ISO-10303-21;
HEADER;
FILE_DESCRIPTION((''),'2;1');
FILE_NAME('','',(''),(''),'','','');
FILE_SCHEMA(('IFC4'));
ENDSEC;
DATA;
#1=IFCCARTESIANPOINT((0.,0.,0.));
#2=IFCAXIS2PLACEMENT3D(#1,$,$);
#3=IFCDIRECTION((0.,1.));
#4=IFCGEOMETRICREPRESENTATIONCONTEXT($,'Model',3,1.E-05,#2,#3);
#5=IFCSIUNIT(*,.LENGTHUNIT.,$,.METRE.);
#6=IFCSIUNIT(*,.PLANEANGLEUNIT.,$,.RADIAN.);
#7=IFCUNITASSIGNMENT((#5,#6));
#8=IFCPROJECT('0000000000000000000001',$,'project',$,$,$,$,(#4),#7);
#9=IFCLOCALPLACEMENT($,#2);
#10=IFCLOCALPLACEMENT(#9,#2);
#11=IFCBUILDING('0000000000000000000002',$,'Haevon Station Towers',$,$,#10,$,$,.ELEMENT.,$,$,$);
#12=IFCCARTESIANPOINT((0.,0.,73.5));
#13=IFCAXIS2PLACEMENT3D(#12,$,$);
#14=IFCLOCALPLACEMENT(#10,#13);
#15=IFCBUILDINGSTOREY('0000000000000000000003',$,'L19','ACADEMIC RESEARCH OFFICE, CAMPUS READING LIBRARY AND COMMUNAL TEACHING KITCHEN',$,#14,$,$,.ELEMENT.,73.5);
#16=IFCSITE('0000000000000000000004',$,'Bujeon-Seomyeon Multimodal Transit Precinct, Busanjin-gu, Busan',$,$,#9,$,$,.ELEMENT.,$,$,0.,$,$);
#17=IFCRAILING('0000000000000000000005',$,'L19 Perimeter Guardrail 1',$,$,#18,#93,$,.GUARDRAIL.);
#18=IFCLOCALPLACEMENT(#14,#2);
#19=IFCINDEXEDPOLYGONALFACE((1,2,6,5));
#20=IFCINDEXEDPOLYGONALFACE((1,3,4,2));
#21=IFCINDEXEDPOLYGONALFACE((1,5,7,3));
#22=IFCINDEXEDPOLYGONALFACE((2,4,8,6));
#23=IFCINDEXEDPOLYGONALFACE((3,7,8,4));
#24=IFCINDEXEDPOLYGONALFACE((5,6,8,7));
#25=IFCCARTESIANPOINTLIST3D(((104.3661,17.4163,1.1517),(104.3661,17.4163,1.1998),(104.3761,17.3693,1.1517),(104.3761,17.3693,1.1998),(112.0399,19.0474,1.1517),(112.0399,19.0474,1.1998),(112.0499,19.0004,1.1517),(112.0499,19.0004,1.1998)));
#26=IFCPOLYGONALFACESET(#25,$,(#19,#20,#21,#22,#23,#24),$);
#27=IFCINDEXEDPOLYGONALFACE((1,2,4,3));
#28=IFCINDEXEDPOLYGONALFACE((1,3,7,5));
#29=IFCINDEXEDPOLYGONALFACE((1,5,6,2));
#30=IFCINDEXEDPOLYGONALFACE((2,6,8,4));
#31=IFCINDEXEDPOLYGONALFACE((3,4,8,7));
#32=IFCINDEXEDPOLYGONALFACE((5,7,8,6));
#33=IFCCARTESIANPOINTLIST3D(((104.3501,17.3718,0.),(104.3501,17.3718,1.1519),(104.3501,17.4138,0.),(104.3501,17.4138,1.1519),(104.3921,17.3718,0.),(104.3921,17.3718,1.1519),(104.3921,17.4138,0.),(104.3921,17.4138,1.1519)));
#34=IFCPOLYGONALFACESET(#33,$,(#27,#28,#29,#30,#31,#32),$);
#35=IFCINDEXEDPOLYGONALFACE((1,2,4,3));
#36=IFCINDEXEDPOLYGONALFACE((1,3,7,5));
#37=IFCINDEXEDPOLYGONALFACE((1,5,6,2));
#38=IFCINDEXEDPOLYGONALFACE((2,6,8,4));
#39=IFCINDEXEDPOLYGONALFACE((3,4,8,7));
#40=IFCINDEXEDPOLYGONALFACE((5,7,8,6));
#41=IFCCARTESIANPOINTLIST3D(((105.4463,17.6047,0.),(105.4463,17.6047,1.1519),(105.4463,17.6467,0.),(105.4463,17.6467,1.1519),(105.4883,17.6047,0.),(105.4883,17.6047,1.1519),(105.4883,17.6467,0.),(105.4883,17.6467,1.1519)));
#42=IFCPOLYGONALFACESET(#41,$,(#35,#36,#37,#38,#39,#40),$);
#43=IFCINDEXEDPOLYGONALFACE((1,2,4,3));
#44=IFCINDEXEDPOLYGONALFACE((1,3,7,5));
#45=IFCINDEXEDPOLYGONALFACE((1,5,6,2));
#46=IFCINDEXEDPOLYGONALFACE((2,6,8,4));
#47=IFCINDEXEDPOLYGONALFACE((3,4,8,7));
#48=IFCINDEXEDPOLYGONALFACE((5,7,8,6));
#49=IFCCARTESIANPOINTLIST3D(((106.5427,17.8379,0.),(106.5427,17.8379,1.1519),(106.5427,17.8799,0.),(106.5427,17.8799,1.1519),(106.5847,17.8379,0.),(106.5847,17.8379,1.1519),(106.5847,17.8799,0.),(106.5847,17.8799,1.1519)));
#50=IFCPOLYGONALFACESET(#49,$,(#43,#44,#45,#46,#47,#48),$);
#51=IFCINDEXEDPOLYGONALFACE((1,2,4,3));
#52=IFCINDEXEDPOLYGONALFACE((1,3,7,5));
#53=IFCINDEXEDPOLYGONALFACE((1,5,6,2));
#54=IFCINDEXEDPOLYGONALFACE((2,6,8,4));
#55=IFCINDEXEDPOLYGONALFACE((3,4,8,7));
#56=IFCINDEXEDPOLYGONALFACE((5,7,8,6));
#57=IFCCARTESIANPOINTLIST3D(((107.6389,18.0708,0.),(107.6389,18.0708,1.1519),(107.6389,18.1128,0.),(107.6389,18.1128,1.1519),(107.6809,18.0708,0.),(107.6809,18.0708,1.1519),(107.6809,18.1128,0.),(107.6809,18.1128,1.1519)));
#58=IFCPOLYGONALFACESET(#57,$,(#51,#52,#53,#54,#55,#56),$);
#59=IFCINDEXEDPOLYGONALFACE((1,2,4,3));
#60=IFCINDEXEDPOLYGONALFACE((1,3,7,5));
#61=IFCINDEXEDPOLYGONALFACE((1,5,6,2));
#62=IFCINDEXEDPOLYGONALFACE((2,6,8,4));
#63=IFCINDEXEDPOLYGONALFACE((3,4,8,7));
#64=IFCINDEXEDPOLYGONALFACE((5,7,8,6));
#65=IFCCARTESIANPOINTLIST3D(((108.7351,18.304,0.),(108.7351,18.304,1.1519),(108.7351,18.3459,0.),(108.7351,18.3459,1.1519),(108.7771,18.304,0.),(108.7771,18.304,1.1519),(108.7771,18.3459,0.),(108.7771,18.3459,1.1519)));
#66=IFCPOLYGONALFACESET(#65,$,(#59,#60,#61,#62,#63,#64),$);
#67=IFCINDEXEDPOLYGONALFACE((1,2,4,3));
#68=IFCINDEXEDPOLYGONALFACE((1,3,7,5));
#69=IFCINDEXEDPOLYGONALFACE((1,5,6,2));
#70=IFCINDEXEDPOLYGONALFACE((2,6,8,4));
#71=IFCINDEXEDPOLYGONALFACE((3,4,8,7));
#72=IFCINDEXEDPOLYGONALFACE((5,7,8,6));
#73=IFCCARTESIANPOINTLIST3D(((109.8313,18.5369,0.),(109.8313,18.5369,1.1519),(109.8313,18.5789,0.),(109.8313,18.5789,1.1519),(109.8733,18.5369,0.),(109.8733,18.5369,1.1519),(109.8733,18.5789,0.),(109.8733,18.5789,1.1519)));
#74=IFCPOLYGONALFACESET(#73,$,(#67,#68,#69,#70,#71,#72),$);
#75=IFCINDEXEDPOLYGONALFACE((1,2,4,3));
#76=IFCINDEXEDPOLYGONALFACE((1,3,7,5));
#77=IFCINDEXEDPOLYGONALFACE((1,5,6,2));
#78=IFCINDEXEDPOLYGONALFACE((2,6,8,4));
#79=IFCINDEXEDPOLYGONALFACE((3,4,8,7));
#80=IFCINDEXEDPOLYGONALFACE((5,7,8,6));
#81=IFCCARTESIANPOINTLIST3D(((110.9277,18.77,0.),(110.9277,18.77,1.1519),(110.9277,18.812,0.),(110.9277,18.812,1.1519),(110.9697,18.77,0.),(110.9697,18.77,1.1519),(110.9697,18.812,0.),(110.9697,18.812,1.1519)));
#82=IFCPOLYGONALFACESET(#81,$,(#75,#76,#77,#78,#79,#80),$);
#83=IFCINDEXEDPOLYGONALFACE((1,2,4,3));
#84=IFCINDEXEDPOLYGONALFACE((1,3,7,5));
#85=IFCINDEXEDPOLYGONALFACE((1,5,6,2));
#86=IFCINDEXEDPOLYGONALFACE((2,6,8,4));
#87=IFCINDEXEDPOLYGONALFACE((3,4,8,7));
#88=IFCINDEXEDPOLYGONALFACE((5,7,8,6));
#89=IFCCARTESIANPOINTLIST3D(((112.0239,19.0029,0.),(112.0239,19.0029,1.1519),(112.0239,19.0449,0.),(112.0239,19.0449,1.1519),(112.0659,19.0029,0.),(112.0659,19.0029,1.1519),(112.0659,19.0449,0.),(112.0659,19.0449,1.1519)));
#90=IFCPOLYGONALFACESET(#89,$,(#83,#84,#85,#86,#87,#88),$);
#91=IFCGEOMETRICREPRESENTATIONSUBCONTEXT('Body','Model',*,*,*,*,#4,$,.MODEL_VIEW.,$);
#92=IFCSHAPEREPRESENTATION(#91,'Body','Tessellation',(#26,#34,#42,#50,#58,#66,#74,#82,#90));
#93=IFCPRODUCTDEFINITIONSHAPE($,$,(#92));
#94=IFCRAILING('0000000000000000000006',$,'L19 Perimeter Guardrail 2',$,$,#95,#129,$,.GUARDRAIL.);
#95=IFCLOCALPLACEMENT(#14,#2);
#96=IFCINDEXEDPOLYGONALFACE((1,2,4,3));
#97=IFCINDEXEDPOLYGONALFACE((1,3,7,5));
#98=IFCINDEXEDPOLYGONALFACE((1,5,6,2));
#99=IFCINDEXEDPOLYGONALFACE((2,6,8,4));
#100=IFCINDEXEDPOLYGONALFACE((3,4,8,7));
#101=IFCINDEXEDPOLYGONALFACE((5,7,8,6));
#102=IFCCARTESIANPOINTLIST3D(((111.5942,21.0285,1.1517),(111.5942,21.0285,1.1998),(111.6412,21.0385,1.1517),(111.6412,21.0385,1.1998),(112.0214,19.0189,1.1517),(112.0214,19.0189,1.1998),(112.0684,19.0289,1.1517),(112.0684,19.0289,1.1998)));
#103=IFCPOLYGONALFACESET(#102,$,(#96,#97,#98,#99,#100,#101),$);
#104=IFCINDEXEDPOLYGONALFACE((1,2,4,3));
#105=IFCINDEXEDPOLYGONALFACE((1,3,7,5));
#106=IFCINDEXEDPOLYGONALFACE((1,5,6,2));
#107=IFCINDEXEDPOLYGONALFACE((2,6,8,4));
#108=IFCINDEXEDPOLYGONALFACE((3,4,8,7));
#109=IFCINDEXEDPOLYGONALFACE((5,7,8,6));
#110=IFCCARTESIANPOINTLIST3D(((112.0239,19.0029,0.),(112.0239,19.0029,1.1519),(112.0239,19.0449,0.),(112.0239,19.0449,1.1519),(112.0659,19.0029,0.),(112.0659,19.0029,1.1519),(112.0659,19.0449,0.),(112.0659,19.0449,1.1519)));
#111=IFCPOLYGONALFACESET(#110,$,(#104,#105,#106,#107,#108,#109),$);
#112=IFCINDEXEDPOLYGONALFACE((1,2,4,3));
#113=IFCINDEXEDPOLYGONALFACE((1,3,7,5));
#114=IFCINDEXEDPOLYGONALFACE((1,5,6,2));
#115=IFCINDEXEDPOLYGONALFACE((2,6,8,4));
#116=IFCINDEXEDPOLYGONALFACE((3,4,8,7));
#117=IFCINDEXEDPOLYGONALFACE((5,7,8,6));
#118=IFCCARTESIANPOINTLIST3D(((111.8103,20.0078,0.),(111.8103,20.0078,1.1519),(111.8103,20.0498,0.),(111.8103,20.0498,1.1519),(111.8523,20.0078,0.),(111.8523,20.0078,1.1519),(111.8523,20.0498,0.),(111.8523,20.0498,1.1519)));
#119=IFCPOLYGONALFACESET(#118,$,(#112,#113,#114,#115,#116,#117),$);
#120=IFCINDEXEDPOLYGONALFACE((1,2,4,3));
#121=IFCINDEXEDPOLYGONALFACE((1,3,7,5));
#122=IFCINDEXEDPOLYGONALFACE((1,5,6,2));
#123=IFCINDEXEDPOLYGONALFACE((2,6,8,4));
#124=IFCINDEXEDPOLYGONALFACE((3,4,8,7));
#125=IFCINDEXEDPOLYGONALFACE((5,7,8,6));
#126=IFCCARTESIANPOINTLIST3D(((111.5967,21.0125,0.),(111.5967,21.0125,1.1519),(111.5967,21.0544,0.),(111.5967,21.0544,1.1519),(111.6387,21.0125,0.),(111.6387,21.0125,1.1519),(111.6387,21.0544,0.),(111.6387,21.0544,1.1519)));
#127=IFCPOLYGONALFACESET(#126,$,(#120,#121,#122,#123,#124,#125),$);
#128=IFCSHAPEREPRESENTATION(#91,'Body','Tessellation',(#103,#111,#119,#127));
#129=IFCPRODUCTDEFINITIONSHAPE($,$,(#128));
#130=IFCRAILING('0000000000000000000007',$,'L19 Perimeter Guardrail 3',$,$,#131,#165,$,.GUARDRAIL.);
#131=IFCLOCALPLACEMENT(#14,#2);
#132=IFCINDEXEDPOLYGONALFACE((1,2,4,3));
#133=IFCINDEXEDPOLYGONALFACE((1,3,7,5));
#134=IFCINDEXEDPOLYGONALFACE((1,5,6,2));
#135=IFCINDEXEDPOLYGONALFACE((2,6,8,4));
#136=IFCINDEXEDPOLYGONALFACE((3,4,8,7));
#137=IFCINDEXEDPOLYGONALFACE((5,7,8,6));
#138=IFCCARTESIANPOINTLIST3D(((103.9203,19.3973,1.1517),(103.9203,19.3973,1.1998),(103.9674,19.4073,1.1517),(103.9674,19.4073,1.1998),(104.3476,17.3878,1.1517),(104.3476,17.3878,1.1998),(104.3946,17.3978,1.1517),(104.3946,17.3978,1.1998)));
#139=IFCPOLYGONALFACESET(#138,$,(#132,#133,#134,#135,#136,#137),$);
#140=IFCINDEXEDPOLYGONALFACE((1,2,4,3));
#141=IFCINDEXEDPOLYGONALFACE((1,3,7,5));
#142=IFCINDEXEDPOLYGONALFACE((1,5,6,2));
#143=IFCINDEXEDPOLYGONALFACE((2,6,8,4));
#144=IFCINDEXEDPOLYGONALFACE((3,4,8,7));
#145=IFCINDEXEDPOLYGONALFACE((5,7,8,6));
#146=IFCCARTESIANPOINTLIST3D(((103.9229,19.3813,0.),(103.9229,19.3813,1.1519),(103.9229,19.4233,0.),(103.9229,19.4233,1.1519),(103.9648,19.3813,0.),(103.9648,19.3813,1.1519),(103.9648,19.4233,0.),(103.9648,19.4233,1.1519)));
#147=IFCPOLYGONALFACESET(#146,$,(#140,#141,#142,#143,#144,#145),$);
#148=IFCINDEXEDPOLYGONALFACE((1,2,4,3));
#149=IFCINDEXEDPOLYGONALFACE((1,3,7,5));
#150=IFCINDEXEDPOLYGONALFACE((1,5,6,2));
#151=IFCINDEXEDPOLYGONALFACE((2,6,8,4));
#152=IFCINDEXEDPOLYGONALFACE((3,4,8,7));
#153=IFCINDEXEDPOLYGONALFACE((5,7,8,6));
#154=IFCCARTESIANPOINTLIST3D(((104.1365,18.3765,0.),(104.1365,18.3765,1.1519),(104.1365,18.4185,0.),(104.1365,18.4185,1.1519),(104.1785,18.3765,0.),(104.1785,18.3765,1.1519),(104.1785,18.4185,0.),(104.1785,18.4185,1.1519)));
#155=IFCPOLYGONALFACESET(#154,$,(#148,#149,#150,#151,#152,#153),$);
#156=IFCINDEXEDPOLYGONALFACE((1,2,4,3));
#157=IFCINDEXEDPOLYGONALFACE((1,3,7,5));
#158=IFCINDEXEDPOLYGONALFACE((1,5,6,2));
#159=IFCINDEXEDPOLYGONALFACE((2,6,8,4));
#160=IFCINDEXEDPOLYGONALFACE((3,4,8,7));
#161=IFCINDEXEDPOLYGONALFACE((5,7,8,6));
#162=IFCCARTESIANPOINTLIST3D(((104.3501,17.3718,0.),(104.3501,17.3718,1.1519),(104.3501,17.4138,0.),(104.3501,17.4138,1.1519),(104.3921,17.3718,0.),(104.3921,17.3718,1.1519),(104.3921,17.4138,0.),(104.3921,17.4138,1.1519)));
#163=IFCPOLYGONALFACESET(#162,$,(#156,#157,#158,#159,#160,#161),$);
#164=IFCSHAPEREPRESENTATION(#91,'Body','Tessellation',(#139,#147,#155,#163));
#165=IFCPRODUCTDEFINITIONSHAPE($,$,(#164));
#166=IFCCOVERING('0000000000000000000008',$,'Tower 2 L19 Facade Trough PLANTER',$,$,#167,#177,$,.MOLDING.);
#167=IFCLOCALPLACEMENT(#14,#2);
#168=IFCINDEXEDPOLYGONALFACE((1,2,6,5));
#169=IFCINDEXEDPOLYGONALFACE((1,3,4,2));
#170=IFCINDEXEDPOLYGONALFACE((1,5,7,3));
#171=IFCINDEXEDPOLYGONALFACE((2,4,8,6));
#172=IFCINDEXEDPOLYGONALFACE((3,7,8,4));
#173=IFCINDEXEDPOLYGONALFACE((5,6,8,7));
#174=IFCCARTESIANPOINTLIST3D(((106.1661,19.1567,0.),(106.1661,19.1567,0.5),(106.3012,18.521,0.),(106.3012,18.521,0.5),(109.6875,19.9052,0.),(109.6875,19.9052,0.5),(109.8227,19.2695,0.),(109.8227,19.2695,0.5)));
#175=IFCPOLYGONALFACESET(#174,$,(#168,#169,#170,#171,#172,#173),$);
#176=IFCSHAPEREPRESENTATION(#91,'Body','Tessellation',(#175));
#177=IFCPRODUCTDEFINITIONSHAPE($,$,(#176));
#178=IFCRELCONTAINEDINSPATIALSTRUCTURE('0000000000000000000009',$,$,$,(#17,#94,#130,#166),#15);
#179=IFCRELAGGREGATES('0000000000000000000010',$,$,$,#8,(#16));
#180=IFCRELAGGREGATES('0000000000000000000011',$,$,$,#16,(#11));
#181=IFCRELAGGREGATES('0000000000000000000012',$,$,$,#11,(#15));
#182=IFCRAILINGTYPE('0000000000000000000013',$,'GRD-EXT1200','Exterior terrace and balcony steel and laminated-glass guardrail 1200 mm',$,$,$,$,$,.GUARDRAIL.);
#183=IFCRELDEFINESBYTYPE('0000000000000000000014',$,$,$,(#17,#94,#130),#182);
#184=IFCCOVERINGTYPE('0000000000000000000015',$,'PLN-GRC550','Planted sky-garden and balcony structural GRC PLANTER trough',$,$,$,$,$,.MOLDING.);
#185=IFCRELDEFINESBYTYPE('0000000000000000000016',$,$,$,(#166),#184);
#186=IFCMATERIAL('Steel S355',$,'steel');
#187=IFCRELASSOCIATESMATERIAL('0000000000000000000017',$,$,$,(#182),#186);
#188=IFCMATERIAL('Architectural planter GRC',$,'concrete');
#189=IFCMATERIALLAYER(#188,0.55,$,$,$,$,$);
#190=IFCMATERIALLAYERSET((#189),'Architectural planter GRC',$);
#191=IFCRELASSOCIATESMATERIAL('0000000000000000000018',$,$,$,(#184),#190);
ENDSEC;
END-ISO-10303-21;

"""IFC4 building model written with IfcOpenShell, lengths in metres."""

from ifc_helpers import new_model, si_unit, direction, frame, origin, origin_2d, place, context, subcontext, project, spatial, rectangle, extrude, material, layer, layer_set, type_object, element, save


model = new_model("IFC4")

# Units and contexts
model_context = context("Model", 3, precision=1e-05, world=origin(), true_north=direction((0.0, 1.0)))
body_context = subcontext(model_context, "Body", "Model", "MODEL_VIEW")
ifc_project = project(units=[si_unit("LENGTHUNIT", "METRE"), si_unit("PLANEANGLEUNIT", "RADIAN")], contexts=[model_context])

# Site, building, storey
site_placement = place(None, origin())
site = spatial("IfcSite", under=ifc_project, at=site_placement, Name="Bujeon-Seomyeon Multimodal Transit Precinct, Busanjin-gu, Busan", CompositionType="ELEMENT", RefElevation=0.0)
building_placement = place(site_placement, origin())
building = spatial("IfcBuilding", under=site, at=building_placement, Name="Haevon Station Towers", CompositionType="ELEMENT")
storey_placement = place(building_placement, frame((0.0, 0.0, 73.5)))
storey = spatial("IfcBuildingStorey", under=building, at=storey_placement, Name="L19", Description="ACADEMIC RESEARCH OFFICE, CAMPUS READING LIBRARY AND COMMUNAL TEACHING KITCHEN", CompositionType="ELEMENT", Elevation=73.5)

# Shared definitions
ifc_material_1 = material(Name="Steel S355", Category="steel")

# Railings
railing_type_1 = type_object("IfcRailingType", Name="GRD-EXT1200", Description="Exterior terrace and balcony steel and laminated-glass guardrail 1200 mm", PredefinedType="GUARDRAIL", material=ifc_material_1)
railing_1_placement = place(storey_placement, frame((104.3711, 17.3928, 0.0)))
element("IfcRailing", 1, at=railing_1_placement, inside=storey, type_object=railing_type_1, Name="L19 Perimeter Guardrail 1", PredefinedType="GUARDRAIL", context=body_context, shape_type="SweptSolid", body=[
    extrude(rectangle(XDim=0.0481, YDim=0.0481, at=origin_2d()), frame((0.0, 0.0, 1.1758), z_axis=(0.978148, 0.207909, 0.0), x_axis=(-0.207909, 0.978148, 0.0)), (0.0, 0.0, 1.0), 7.8452),
    extrude(rectangle(XDim=0.042, YDim=0.042, at=origin_2d()), origin(), (0.0, 0.0, 1.0), 1.1519),
    extrude(rectangle(XDim=0.042, YDim=0.042, at=origin_2d()), frame((1.0962, 0.2329, 0.0)), (0.0, 0.0, 1.0), 1.1519),
    extrude(rectangle(XDim=0.042, YDim=0.042, at=origin_2d()), frame((2.1926, 0.4661, 0.0)), (0.0, 0.0, 1.0), 1.1519),
    extrude(rectangle(XDim=0.042, YDim=0.042, at=origin_2d()), frame((3.2888, 0.699, 0.0)), (0.0, 0.0, 1.0), 1.1519),
    extrude(rectangle(XDim=0.042, YDim=0.042, at=origin_2d()), frame((4.385, 0.9321, 0.0)), (0.0, 0.0, 1.0), 1.1519),
    extrude(rectangle(XDim=0.042, YDim=0.042, at=origin_2d()), frame((5.4812, 1.165, 0.0)), (0.0, 0.0, 1.0), 1.1519),
    extrude(rectangle(XDim=0.042, YDim=0.042, at=origin_2d()), frame((6.5776, 1.3982, 0.0)), (0.0, 0.0, 1.0), 1.1519),
    extrude(rectangle(XDim=0.042, YDim=0.042, at=origin_2d()), frame((7.6738, 1.6311, 0.0)), (0.0, 0.0, 1.0), 1.1519),
])
railing_2_placement = place(storey_placement, frame((112.0449, 19.0239, 0.0)))
element("IfcRailing", 2, at=railing_2_placement, inside=storey, type_object=railing_type_1, Name="L19 Perimeter Guardrail 2", PredefinedType="GUARDRAIL", context=body_context, shape_type="SweptSolid", body=[
    extrude(rectangle(XDim=0.0481, YDim=0.0481, at=origin_2d()), frame((0.0, 0.0, 1.1758), z_axis=(-0.207963, 0.978137, 0.0), x_axis=(-0.978137, -0.207963, 0.0)), (0.0, 0.0, 1.0), 2.0544),
    extrude(rectangle(XDim=0.042, YDim=0.042, at=origin_2d()), origin(), (0.0, 0.0, 1.0), 1.1519),
    extrude(rectangle(XDim=0.042, YDim=0.042, at=origin_2d()), frame((-0.2136, 1.0049, 0.0)), (0.0, 0.0, 1.0), 1.1519),
    extrude(rectangle(XDim=0.042, YDim=0.042, at=origin_2d()), frame((-0.4272, 2.0095, 0.0)), (0.0, 0.0, 1.0), 1.1519),
])
railing_3_placement = place(storey_placement, frame((103.9438, 19.4023, 0.0)))
element("IfcRailing", 3, at=railing_3_placement, inside=storey, type_object=railing_type_1, Name="L19 Perimeter Guardrail 3", PredefinedType="GUARDRAIL", context=body_context, shape_type="SweptSolid", body=[
    extrude(rectangle(XDim=0.0481, YDim=0.0481, at=origin_2d()), frame((0.0, 0.0, 1.1758), z_axis=(0.207963, -0.978137, 0.0), x_axis=(0.978137, 0.207963, 0.0)), (0.0, 0.0, 1.0), 2.0544),
    extrude(rectangle(XDim=0.042, YDim=0.042, at=origin_2d()), origin(), (0.0, 0.0, 1.0), 1.1519),
    extrude(rectangle(XDim=0.042, YDim=0.042, at=origin_2d()), frame((0.2136, -1.0049, 0.0)), (0.0, 0.0, 1.0), 1.1519),
    extrude(rectangle(XDim=0.042, YDim=0.042, at=origin_2d()), frame((0.4272, -2.0095, 0.0)), (0.0, 0.0, 1.0), 1.1519),
])

# Covering
ifc_material_2 = material(Name="Architectural planter GRC", Category="concrete")
ifc_layer_1 = layer(ifc_material_2, 0.55)
ifc_layer_set_1 = layer_set([ifc_layer_1], Name="Architectural planter GRC")
covering_type = type_object("IfcCoveringType", Name="PLN-GRC550", Description="Planted sky-garden and balcony structural GRC PLANTER trough", PredefinedType="MOLDING", material=ifc_layer_set_1)
covering_placement = place(storey_placement, frame((107.9944, 19.2131, 0.0), z_axis=(0.0, 0.0, 1.0), x_axis=(0.978148, 0.207912, 0.0)))
element("IfcCovering", 4, at=covering_placement, inside=storey, type_object=covering_type, Name="Tower 2 L19 Facade Trough PLANTER", PredefinedType="MOLDING", context=body_context, shape_type="SweptSolid", body=[
    extrude(rectangle(XDim=3.6001, YDim=0.6499, at=origin_2d()), origin(), (0.0, 0.0, 1.0), 0.5),
])

save(model, "model.ifc")
